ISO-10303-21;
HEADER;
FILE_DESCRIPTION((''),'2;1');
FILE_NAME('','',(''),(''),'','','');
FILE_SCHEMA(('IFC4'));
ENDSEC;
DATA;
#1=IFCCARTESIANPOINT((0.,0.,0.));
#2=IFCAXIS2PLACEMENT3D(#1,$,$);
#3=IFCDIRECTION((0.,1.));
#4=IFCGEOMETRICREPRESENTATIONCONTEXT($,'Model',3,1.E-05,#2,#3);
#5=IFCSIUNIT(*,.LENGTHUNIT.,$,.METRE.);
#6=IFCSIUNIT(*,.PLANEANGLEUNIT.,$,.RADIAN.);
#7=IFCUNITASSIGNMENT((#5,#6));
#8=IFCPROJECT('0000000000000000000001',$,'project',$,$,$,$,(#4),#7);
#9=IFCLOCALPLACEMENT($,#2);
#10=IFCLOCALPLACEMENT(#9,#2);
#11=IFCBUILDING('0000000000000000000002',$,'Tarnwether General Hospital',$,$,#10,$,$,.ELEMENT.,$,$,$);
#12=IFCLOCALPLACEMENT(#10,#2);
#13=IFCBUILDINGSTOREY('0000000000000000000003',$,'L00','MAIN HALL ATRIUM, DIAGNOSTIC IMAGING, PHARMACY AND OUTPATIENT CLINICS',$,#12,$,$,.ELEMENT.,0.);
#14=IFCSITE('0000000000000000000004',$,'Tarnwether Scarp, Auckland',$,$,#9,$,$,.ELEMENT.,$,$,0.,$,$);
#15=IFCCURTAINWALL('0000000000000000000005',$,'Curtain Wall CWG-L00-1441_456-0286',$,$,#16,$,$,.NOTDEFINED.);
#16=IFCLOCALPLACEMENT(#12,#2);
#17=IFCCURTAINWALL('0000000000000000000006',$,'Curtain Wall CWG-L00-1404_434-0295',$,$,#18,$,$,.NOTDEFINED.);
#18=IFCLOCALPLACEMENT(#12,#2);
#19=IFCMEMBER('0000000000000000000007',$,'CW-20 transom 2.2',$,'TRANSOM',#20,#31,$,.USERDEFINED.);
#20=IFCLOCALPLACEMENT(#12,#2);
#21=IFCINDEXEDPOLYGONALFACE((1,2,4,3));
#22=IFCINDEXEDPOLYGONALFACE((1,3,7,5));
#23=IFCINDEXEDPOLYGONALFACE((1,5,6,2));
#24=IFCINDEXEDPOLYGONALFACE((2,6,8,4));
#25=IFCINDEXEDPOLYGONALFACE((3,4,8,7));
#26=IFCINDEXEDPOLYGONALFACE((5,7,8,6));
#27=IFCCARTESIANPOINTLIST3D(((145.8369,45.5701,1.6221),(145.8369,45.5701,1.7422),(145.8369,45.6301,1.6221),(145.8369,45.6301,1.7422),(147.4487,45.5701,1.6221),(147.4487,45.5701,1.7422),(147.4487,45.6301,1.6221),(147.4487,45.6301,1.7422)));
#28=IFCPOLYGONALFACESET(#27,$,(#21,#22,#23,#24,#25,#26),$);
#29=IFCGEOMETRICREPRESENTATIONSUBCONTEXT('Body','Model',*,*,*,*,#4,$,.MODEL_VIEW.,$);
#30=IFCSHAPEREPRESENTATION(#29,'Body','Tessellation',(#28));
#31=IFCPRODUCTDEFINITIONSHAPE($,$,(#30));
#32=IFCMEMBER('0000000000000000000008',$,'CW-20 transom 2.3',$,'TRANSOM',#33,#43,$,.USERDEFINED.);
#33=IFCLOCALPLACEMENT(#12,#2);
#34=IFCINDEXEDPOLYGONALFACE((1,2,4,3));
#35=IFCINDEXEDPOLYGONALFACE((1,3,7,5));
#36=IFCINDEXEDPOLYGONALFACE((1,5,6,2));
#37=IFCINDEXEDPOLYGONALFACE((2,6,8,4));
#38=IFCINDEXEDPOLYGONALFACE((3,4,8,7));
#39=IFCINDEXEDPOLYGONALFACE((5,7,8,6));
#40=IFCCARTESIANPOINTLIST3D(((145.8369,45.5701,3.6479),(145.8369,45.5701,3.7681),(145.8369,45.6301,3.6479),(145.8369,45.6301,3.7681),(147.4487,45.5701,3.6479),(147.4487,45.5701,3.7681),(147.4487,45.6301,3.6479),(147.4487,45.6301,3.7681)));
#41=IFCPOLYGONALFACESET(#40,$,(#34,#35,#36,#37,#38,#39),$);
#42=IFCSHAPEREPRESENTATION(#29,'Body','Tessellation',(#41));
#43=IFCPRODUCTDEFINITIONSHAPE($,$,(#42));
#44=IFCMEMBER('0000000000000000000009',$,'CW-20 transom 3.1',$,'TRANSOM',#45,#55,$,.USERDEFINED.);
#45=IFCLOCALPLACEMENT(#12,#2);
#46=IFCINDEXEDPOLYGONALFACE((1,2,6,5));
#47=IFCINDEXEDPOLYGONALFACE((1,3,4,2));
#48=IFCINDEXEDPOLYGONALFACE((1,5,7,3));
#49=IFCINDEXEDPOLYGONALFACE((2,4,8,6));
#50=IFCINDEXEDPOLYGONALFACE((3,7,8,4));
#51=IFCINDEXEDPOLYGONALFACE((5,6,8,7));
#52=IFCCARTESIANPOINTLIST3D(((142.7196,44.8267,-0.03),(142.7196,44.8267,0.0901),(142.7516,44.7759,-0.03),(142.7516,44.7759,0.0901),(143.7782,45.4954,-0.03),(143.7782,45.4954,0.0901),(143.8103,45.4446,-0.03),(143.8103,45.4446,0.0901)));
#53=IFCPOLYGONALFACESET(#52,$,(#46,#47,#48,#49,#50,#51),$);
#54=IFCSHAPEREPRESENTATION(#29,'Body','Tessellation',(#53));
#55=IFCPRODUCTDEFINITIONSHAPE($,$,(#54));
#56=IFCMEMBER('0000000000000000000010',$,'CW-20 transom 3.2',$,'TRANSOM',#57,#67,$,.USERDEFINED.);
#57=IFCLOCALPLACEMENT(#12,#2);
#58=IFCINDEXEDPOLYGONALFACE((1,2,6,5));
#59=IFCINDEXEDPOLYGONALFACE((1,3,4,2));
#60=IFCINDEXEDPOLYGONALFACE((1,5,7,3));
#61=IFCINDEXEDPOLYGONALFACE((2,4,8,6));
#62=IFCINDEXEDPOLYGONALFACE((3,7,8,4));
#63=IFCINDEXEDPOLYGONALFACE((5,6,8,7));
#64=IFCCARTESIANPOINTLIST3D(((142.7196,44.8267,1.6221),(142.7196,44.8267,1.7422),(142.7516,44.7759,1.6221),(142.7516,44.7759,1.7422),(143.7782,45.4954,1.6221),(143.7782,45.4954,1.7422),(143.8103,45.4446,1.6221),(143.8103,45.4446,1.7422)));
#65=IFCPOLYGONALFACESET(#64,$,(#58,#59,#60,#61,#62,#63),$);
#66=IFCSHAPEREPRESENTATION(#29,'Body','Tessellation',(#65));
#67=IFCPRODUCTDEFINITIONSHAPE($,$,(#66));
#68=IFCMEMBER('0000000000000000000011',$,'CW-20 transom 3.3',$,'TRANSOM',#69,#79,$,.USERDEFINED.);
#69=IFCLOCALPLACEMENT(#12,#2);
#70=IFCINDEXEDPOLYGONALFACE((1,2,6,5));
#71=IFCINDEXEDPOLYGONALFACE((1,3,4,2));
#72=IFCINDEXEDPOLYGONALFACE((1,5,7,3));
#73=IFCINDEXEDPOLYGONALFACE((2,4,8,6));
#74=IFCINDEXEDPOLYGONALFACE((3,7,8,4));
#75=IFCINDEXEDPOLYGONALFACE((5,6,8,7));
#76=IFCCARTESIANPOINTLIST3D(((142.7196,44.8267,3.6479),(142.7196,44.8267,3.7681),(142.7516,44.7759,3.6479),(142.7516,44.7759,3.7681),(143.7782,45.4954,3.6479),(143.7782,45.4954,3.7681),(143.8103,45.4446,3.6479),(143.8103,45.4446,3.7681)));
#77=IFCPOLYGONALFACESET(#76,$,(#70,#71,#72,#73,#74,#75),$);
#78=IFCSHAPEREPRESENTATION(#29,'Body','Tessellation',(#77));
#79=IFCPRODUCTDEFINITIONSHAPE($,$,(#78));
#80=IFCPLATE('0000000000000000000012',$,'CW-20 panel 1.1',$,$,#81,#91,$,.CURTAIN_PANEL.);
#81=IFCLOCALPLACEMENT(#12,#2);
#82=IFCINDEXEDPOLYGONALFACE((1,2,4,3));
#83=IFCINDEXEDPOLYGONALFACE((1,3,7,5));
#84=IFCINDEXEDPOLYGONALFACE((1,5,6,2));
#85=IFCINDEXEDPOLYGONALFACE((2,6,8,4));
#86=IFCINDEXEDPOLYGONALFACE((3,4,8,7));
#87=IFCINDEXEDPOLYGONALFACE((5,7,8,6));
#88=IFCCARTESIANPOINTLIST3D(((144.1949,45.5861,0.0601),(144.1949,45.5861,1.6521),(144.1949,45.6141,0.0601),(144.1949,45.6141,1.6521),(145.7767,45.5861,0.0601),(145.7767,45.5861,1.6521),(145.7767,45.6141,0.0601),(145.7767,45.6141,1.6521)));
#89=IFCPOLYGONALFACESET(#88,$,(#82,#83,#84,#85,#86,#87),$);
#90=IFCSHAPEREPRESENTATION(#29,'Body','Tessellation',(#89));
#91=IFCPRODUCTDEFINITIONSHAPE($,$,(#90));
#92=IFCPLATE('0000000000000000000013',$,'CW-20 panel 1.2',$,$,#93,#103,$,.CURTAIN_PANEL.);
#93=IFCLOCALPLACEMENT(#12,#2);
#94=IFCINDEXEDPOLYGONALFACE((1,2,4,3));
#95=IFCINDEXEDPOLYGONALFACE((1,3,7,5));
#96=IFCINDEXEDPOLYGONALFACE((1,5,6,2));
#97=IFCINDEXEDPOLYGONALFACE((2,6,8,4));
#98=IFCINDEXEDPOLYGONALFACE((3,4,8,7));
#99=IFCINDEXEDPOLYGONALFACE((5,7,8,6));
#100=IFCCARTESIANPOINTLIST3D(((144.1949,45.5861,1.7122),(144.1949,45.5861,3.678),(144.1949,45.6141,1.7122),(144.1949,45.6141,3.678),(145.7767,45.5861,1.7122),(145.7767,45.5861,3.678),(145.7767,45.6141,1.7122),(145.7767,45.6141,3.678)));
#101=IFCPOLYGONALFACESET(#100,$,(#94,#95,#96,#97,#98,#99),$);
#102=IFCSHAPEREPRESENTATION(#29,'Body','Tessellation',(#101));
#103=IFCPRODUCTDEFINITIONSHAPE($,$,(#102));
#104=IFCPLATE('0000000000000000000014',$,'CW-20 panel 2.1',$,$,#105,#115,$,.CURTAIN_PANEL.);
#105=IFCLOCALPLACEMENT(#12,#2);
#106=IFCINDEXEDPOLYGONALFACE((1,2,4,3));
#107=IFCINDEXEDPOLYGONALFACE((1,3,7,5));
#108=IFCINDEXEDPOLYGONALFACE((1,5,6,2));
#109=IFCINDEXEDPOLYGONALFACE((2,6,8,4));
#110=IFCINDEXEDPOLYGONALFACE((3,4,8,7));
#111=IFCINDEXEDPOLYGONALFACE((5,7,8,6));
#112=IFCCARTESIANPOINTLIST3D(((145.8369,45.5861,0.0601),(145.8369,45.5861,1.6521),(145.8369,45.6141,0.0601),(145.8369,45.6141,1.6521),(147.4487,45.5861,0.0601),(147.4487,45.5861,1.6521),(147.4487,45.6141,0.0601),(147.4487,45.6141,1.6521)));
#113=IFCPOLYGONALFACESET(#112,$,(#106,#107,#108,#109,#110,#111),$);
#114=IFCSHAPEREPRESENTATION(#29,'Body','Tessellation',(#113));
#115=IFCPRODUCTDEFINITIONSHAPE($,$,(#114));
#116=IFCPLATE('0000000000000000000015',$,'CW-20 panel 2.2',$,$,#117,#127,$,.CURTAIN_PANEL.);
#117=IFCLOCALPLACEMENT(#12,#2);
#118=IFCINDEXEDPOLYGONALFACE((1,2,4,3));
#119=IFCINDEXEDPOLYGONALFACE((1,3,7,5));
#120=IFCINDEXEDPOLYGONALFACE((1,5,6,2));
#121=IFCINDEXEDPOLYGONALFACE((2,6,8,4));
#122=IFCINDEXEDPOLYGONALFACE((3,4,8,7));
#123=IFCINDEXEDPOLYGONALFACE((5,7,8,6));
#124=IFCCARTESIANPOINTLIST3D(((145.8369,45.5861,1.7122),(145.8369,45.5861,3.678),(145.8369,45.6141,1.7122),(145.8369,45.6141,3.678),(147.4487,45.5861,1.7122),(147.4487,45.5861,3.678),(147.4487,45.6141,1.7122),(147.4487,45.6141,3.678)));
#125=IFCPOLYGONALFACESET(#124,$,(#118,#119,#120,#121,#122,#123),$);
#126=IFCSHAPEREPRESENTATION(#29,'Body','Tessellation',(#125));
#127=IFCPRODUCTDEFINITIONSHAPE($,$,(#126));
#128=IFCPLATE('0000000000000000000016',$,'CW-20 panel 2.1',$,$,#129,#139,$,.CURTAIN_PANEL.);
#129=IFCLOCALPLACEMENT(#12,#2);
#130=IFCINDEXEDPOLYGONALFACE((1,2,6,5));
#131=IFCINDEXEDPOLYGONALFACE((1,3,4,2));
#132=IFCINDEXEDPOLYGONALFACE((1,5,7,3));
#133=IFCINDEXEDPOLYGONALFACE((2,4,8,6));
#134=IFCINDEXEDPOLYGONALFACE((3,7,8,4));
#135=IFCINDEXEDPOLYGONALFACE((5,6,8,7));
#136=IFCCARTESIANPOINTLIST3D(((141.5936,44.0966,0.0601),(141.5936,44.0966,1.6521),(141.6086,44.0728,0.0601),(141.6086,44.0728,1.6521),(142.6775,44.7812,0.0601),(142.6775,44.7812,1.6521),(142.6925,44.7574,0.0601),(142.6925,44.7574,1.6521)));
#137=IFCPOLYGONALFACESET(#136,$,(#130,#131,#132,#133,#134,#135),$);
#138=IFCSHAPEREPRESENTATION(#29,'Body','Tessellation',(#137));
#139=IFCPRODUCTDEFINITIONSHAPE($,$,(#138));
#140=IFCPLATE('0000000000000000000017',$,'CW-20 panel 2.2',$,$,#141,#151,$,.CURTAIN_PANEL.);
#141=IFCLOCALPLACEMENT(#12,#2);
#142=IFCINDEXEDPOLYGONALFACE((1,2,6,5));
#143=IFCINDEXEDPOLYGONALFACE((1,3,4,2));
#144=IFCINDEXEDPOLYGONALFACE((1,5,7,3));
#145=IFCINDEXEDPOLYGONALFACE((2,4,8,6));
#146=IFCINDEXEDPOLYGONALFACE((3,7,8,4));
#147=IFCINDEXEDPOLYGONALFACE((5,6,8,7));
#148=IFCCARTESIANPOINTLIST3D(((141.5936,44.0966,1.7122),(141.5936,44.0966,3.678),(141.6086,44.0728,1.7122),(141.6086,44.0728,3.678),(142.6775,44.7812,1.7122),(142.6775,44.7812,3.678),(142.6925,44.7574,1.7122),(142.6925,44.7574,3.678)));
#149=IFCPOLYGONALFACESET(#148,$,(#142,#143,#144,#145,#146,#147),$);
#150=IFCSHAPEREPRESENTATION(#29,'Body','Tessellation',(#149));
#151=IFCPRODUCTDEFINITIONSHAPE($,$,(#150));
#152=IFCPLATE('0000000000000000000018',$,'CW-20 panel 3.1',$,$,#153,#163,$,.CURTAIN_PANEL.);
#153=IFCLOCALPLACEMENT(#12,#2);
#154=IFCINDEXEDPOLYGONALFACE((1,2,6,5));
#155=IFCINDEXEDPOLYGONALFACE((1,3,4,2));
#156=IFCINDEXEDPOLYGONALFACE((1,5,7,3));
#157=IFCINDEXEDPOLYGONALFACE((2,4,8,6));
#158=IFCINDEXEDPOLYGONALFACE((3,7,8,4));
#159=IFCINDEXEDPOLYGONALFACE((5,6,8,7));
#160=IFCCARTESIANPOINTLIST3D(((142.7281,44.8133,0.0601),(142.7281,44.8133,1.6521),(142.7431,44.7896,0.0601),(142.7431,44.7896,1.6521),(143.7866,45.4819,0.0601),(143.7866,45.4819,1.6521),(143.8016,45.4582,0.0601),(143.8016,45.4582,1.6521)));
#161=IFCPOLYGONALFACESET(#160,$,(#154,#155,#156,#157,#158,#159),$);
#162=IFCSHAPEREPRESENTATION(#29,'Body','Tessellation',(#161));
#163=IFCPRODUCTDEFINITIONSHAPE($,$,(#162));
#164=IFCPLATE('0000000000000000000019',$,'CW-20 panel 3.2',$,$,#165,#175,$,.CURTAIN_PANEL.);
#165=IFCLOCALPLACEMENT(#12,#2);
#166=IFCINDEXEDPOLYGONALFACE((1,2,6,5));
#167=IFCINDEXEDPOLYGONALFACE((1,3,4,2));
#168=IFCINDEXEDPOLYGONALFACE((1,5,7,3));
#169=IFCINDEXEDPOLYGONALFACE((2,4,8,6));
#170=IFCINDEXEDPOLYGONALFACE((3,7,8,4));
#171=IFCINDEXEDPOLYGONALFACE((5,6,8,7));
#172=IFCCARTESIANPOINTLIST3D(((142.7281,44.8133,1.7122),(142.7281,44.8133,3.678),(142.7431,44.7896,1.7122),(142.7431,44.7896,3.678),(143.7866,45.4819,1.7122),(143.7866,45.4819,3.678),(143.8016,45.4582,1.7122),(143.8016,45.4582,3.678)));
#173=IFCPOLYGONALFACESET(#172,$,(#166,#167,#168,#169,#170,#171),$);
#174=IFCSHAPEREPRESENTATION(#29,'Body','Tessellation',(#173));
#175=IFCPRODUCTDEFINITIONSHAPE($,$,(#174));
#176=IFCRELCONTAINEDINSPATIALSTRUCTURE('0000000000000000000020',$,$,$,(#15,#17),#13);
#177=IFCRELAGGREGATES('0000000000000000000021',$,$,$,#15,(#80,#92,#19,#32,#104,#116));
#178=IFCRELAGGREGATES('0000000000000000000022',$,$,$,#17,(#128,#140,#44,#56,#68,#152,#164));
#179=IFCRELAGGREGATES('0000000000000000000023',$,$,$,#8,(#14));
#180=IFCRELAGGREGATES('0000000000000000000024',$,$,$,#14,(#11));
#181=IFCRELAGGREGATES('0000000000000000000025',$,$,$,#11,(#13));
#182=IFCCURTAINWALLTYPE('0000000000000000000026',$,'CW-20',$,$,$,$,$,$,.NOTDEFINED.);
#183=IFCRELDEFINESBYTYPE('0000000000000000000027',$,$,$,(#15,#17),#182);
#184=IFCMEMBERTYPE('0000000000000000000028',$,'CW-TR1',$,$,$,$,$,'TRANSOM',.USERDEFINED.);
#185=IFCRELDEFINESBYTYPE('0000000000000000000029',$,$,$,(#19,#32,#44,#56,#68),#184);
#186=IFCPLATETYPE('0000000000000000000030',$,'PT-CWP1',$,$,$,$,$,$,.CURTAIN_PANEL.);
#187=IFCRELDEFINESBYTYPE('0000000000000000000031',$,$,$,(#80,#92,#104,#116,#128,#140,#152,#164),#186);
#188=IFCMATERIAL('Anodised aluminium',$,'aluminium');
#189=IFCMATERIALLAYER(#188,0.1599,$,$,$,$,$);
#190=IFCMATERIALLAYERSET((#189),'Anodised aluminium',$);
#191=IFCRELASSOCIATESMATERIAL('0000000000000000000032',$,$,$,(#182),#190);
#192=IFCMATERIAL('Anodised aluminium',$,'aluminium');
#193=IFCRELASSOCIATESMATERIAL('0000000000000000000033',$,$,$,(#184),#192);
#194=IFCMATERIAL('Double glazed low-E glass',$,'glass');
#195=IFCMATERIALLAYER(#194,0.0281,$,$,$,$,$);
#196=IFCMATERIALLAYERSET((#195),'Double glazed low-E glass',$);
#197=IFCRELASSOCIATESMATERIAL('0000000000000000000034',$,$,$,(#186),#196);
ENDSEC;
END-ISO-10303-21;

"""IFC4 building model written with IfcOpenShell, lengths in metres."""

from ifc_helpers import new_model, si_unit, direction, frame, origin, origin_2d, place, context, subcontext, project, spatial, rectangle, extrude, material, layer, layer_set, material_profile, profile_set, type_object, element, aggregate, save


model = new_model("IFC4")

# Units and contexts
model_context = context("Model", 3, precision=1e-05, world=origin(), true_north=direction((0.0, 1.0)))
body_context = subcontext(model_context, "Body", "Model", "MODEL_VIEW")
ifc_project = project(units=[si_unit("LENGTHUNIT", "METRE"), si_unit("PLANEANGLEUNIT", "RADIAN")], contexts=[model_context])

# Site, building, storey
site_placement = place(None, origin())
site = spatial("IfcSite", under=ifc_project, at=site_placement, Name="Tarnwether Scarp, Auckland", CompositionType="ELEMENT", RefElevation=0.0)
building_placement = place(site_placement, origin())
building = spatial("IfcBuilding", under=site, at=building_placement, Name="Tarnwether General Hospital", CompositionType="ELEMENT")
storey_placement = place(building_placement, origin())
storey = spatial("IfcBuildingStorey", under=building, at=storey_placement, Name="L00", Description="MAIN HALL ATRIUM, DIAGNOSTIC IMAGING, PHARMACY AND OUTPATIENT CLINICS", CompositionType="ELEMENT", Elevation=0.0)

# Curtain walls
ifc_material_1 = material(Name="Anodised aluminium", Category="aluminium")
ifc_layer_1 = layer(ifc_material_1, 0.1599)
ifc_layer_set_1 = layer_set([ifc_layer_1], Name="Anodised aluminium")
curtain_wall_type = type_object("IfcCurtainWallType", Name="CW-20", PredefinedType="NOTDEFINED", material=ifc_layer_set_1)
curtain_wall_1_placement = place(storey_placement, origin())
curtain_wall_1 = element("IfcCurtainWall", 1, at=curtain_wall_1_placement, inside=storey, type_object=curtain_wall_type, Name="Curtain Wall CWG-L00-1441_456-0286", PredefinedType="NOTDEFINED")
curtain_wall_2_placement = place(storey_placement, origin())
curtain_wall_2 = element("IfcCurtainWall", 2, at=curtain_wall_2_placement, inside=storey, type_object=curtain_wall_type, Name="Curtain Wall CWG-L00-1404_434-0295", PredefinedType="NOTDEFINED")

# Members
ifc_material_2 = material(Name="Anodised aluminium", Category="aluminium")
ifc_material_profile_1 = material_profile(ifc_material_2, rectangle(XDim=0.0601, YDim=0.1201, at=origin_2d()), Name="ALU-TRN-60x120")
ifc_profile_set_1 = profile_set([ifc_material_profile_1], Name="Anodised aluminium")
member_type_1 = type_object("IfcMemberType", Name="CW-TR1", ElementType="TRANSOM", PredefinedType="USERDEFINED", material=ifc_profile_set_1)
member_1_placement = place(storey_placement, frame((145.8369, 45.6001, 1.6821), z_axis=(1.0, 0.0, 0.0), x_axis=(0.0, 1.0, 0.0)))
member_1 = element("IfcMember", 3, at=member_1_placement, type_object=member_type_1, Name="CW-20 transom 2.2", ObjectType="TRANSOM", PredefinedType="USERDEFINED", context=body_context, shape_type="SweptSolid", body=[
    extrude(rectangle(XDim=0.0601, YDim=0.1201, at=origin_2d()), origin(), (0.0, 0.0, 1.0), 1.6118),
])
member_2_placement = place(storey_placement, frame((145.8369, 45.6001, 3.708), z_axis=(1.0, 0.0, 0.0), x_axis=(0.0, 1.0, 0.0)))
member_2 = element("IfcMember", 4, at=member_2_placement, type_object=member_type_1, Name="CW-20 transom 2.3", ObjectType="TRANSOM", PredefinedType="USERDEFINED", context=body_context, shape_type="SweptSolid", body=[
    extrude(rectangle(XDim=0.0601, YDim=0.1201, at=origin_2d()), origin(), (0.0, 0.0, 1.0), 1.6118),
])
member_3_placement = place(storey_placement, frame((142.7356, 44.8013, 0.03), z_axis=(0.845447, 0.534059, 0.0), x_axis=(-0.534059, 0.845447, 0.0)))
member_3 = element("IfcMember", 5, at=member_3_placement, type_object=member_type_1, Name="CW-20 transom 3.1", ObjectType="TRANSOM", PredefinedType="USERDEFINED", context=body_context, shape_type="SweptSolid", body=[
    extrude(rectangle(XDim=0.0601, YDim=0.1201, at=origin_2d()), origin(), (0.0, 0.0, 1.0), 1.2522),
])
member_4_placement = place(storey_placement, frame((142.7356, 44.8013, 1.6821), z_axis=(0.845447, 0.534059, 0.0), x_axis=(-0.534059, 0.845447, 0.0)))
member_4 = element("IfcMember", 6, at=member_4_placement, type_object=member_type_1, Name="CW-20 transom 3.2", ObjectType="TRANSOM", PredefinedType="USERDEFINED", context=body_context, shape_type="SweptSolid", body=[
    extrude(rectangle(XDim=0.0601, YDim=0.1201, at=origin_2d()), origin(), (0.0, 0.0, 1.0), 1.2522),
])
member_5_placement = place(storey_placement, frame((142.7356, 44.8013, 3.708), z_axis=(0.845447, 0.534059, 0.0), x_axis=(-0.534059, 0.845447, 0.0)))
member_5 = element("IfcMember", 7, at=member_5_placement, type_object=member_type_1, Name="CW-20 transom 3.3", ObjectType="TRANSOM", PredefinedType="USERDEFINED", context=body_context, shape_type="SweptSolid", body=[
    extrude(rectangle(XDim=0.0601, YDim=0.1201, at=origin_2d()), origin(), (0.0, 0.0, 1.0), 1.2522),
])

# Plates
ifc_material_3 = material(Name="Double glazed low-E glass", Category="glass")
ifc_layer_2 = layer(ifc_material_3, 0.0281)
ifc_layer_set_2 = layer_set([ifc_layer_2], Name="Double glazed low-E glass")
plate_type = type_object("IfcPlateType", Name="PT-CWP1", PredefinedType="CURTAIN_PANEL", material=ifc_layer_set_2)
plate_1_placement = place(storey_placement, frame((144.9858, 45.6001, 0.0601), z_axis=(0.0, 0.0, 1.0), x_axis=(1.0, 0.0, 0.0)))
plate_1 = element("IfcPlate", 8, at=plate_1_placement, type_object=plate_type, Name="CW-20 panel 1.1", PredefinedType="CURTAIN_PANEL", context=body_context, shape_type="SweptSolid", body=[
    extrude(rectangle(XDim=1.5818, YDim=0.0281, at=origin_2d()), origin(), (0.0, 0.0, 1.0), 1.592),
])
plate_2_placement = place(storey_placement, frame((144.9858, 45.6001, 1.7122), z_axis=(0.0, 0.0, 1.0), x_axis=(1.0, 0.0, 0.0)))
plate_2 = element("IfcPlate", 9, at=plate_2_placement, type_object=plate_type, Name="CW-20 panel 1.2", PredefinedType="CURTAIN_PANEL", context=body_context, shape_type="SweptSolid", body=[
    extrude(rectangle(XDim=1.5818, YDim=0.0281, at=origin_2d()), origin(), (0.0, 0.0, 1.0), 1.9658),
])
plate_3_placement = place(storey_placement, frame((146.6428, 45.6001, 0.0601), z_axis=(0.0, 0.0, 1.0), x_axis=(1.0, 0.0, 0.0)))
plate_3 = element("IfcPlate", 10, at=plate_3_placement, type_object=plate_type, Name="CW-20 panel 2.1", PredefinedType="CURTAIN_PANEL", context=body_context, shape_type="SweptSolid", body=[
    extrude(rectangle(XDim=1.6118, YDim=0.0281, at=origin_2d()), origin(), (0.0, 0.0, 1.0), 1.592),
])
plate_4_placement = place(storey_placement, frame((146.6428, 45.6001, 1.7122), z_axis=(0.0, 0.0, 1.0), x_axis=(1.0, 0.0, 0.0)))
plate_4 = element("IfcPlate", 11, at=plate_4_placement, type_object=plate_type, Name="CW-20 panel 2.2", PredefinedType="CURTAIN_PANEL", context=body_context, shape_type="SweptSolid", body=[
    extrude(rectangle(XDim=1.6118, YDim=0.0281, at=origin_2d()), origin(), (0.0, 0.0, 1.0), 1.9658),
])
aggregate(curtain_wall_1, [plate_1, plate_2, member_1, member_2, plate_3, plate_4])
plate_5_placement = place(storey_placement, frame((142.1431, 44.427, 0.0601), z_axis=(0.0, 0.0, 1.0), x_axis=(0.845477, 0.534012, 0.0)))
plate_5 = element("IfcPlate", 12, at=plate_5_placement, type_object=plate_type, Name="CW-20 panel 2.1", PredefinedType="CURTAIN_PANEL", context=body_context, shape_type="SweptSolid", body=[
    extrude(rectangle(XDim=1.282, YDim=0.0281, at=origin_2d()), origin(), (0.0, 0.0, 1.0), 1.592),
])
plate_6_placement = place(storey_placement, frame((142.1431, 44.427, 1.7122), z_axis=(0.0, 0.0, 1.0), x_axis=(0.845477, 0.534012, 0.0)))
plate_6 = element("IfcPlate", 13, at=plate_6_placement, type_object=plate_type, Name="CW-20 panel 2.2", PredefinedType="CURTAIN_PANEL", context=body_context, shape_type="SweptSolid", body=[
    extrude(rectangle(XDim=1.282, YDim=0.0281, at=origin_2d()), origin(), (0.0, 0.0, 1.0), 1.9658),
])
plate_7_placement = place(storey_placement, frame((143.2649, 45.1357, 0.0601), z_axis=(0.0, 0.0, 1.0), x_axis=(0.845477, 0.534012, 0.0)))
plate_7 = element("IfcPlate", 14, at=plate_7_placement, type_object=plate_type, Name="CW-20 panel 3.1", PredefinedType="CURTAIN_PANEL", context=body_context, shape_type="SweptSolid", body=[
    extrude(rectangle(XDim=1.252, YDim=0.0281, at=origin_2d()), origin(), (0.0, 0.0, 1.0), 1.592),
])
plate_8_placement = place(storey_placement, frame((143.2649, 45.1357, 1.7122), z_axis=(0.0, 0.0, 1.0), x_axis=(0.845477, 0.534012, 0.0)))
plate_8 = element("IfcPlate", 15, at=plate_8_placement, type_object=plate_type, Name="CW-20 panel 3.2", PredefinedType="CURTAIN_PANEL", context=body_context, shape_type="SweptSolid", body=[
    extrude(rectangle(XDim=1.252, YDim=0.0281, at=origin_2d()), origin(), (0.0, 0.0, 1.0), 1.9658),
])
aggregate(curtain_wall_2, [plate_5, plate_6, member_3, member_4, member_5, plate_7, plate_8])

save(model, "model.ifc")
